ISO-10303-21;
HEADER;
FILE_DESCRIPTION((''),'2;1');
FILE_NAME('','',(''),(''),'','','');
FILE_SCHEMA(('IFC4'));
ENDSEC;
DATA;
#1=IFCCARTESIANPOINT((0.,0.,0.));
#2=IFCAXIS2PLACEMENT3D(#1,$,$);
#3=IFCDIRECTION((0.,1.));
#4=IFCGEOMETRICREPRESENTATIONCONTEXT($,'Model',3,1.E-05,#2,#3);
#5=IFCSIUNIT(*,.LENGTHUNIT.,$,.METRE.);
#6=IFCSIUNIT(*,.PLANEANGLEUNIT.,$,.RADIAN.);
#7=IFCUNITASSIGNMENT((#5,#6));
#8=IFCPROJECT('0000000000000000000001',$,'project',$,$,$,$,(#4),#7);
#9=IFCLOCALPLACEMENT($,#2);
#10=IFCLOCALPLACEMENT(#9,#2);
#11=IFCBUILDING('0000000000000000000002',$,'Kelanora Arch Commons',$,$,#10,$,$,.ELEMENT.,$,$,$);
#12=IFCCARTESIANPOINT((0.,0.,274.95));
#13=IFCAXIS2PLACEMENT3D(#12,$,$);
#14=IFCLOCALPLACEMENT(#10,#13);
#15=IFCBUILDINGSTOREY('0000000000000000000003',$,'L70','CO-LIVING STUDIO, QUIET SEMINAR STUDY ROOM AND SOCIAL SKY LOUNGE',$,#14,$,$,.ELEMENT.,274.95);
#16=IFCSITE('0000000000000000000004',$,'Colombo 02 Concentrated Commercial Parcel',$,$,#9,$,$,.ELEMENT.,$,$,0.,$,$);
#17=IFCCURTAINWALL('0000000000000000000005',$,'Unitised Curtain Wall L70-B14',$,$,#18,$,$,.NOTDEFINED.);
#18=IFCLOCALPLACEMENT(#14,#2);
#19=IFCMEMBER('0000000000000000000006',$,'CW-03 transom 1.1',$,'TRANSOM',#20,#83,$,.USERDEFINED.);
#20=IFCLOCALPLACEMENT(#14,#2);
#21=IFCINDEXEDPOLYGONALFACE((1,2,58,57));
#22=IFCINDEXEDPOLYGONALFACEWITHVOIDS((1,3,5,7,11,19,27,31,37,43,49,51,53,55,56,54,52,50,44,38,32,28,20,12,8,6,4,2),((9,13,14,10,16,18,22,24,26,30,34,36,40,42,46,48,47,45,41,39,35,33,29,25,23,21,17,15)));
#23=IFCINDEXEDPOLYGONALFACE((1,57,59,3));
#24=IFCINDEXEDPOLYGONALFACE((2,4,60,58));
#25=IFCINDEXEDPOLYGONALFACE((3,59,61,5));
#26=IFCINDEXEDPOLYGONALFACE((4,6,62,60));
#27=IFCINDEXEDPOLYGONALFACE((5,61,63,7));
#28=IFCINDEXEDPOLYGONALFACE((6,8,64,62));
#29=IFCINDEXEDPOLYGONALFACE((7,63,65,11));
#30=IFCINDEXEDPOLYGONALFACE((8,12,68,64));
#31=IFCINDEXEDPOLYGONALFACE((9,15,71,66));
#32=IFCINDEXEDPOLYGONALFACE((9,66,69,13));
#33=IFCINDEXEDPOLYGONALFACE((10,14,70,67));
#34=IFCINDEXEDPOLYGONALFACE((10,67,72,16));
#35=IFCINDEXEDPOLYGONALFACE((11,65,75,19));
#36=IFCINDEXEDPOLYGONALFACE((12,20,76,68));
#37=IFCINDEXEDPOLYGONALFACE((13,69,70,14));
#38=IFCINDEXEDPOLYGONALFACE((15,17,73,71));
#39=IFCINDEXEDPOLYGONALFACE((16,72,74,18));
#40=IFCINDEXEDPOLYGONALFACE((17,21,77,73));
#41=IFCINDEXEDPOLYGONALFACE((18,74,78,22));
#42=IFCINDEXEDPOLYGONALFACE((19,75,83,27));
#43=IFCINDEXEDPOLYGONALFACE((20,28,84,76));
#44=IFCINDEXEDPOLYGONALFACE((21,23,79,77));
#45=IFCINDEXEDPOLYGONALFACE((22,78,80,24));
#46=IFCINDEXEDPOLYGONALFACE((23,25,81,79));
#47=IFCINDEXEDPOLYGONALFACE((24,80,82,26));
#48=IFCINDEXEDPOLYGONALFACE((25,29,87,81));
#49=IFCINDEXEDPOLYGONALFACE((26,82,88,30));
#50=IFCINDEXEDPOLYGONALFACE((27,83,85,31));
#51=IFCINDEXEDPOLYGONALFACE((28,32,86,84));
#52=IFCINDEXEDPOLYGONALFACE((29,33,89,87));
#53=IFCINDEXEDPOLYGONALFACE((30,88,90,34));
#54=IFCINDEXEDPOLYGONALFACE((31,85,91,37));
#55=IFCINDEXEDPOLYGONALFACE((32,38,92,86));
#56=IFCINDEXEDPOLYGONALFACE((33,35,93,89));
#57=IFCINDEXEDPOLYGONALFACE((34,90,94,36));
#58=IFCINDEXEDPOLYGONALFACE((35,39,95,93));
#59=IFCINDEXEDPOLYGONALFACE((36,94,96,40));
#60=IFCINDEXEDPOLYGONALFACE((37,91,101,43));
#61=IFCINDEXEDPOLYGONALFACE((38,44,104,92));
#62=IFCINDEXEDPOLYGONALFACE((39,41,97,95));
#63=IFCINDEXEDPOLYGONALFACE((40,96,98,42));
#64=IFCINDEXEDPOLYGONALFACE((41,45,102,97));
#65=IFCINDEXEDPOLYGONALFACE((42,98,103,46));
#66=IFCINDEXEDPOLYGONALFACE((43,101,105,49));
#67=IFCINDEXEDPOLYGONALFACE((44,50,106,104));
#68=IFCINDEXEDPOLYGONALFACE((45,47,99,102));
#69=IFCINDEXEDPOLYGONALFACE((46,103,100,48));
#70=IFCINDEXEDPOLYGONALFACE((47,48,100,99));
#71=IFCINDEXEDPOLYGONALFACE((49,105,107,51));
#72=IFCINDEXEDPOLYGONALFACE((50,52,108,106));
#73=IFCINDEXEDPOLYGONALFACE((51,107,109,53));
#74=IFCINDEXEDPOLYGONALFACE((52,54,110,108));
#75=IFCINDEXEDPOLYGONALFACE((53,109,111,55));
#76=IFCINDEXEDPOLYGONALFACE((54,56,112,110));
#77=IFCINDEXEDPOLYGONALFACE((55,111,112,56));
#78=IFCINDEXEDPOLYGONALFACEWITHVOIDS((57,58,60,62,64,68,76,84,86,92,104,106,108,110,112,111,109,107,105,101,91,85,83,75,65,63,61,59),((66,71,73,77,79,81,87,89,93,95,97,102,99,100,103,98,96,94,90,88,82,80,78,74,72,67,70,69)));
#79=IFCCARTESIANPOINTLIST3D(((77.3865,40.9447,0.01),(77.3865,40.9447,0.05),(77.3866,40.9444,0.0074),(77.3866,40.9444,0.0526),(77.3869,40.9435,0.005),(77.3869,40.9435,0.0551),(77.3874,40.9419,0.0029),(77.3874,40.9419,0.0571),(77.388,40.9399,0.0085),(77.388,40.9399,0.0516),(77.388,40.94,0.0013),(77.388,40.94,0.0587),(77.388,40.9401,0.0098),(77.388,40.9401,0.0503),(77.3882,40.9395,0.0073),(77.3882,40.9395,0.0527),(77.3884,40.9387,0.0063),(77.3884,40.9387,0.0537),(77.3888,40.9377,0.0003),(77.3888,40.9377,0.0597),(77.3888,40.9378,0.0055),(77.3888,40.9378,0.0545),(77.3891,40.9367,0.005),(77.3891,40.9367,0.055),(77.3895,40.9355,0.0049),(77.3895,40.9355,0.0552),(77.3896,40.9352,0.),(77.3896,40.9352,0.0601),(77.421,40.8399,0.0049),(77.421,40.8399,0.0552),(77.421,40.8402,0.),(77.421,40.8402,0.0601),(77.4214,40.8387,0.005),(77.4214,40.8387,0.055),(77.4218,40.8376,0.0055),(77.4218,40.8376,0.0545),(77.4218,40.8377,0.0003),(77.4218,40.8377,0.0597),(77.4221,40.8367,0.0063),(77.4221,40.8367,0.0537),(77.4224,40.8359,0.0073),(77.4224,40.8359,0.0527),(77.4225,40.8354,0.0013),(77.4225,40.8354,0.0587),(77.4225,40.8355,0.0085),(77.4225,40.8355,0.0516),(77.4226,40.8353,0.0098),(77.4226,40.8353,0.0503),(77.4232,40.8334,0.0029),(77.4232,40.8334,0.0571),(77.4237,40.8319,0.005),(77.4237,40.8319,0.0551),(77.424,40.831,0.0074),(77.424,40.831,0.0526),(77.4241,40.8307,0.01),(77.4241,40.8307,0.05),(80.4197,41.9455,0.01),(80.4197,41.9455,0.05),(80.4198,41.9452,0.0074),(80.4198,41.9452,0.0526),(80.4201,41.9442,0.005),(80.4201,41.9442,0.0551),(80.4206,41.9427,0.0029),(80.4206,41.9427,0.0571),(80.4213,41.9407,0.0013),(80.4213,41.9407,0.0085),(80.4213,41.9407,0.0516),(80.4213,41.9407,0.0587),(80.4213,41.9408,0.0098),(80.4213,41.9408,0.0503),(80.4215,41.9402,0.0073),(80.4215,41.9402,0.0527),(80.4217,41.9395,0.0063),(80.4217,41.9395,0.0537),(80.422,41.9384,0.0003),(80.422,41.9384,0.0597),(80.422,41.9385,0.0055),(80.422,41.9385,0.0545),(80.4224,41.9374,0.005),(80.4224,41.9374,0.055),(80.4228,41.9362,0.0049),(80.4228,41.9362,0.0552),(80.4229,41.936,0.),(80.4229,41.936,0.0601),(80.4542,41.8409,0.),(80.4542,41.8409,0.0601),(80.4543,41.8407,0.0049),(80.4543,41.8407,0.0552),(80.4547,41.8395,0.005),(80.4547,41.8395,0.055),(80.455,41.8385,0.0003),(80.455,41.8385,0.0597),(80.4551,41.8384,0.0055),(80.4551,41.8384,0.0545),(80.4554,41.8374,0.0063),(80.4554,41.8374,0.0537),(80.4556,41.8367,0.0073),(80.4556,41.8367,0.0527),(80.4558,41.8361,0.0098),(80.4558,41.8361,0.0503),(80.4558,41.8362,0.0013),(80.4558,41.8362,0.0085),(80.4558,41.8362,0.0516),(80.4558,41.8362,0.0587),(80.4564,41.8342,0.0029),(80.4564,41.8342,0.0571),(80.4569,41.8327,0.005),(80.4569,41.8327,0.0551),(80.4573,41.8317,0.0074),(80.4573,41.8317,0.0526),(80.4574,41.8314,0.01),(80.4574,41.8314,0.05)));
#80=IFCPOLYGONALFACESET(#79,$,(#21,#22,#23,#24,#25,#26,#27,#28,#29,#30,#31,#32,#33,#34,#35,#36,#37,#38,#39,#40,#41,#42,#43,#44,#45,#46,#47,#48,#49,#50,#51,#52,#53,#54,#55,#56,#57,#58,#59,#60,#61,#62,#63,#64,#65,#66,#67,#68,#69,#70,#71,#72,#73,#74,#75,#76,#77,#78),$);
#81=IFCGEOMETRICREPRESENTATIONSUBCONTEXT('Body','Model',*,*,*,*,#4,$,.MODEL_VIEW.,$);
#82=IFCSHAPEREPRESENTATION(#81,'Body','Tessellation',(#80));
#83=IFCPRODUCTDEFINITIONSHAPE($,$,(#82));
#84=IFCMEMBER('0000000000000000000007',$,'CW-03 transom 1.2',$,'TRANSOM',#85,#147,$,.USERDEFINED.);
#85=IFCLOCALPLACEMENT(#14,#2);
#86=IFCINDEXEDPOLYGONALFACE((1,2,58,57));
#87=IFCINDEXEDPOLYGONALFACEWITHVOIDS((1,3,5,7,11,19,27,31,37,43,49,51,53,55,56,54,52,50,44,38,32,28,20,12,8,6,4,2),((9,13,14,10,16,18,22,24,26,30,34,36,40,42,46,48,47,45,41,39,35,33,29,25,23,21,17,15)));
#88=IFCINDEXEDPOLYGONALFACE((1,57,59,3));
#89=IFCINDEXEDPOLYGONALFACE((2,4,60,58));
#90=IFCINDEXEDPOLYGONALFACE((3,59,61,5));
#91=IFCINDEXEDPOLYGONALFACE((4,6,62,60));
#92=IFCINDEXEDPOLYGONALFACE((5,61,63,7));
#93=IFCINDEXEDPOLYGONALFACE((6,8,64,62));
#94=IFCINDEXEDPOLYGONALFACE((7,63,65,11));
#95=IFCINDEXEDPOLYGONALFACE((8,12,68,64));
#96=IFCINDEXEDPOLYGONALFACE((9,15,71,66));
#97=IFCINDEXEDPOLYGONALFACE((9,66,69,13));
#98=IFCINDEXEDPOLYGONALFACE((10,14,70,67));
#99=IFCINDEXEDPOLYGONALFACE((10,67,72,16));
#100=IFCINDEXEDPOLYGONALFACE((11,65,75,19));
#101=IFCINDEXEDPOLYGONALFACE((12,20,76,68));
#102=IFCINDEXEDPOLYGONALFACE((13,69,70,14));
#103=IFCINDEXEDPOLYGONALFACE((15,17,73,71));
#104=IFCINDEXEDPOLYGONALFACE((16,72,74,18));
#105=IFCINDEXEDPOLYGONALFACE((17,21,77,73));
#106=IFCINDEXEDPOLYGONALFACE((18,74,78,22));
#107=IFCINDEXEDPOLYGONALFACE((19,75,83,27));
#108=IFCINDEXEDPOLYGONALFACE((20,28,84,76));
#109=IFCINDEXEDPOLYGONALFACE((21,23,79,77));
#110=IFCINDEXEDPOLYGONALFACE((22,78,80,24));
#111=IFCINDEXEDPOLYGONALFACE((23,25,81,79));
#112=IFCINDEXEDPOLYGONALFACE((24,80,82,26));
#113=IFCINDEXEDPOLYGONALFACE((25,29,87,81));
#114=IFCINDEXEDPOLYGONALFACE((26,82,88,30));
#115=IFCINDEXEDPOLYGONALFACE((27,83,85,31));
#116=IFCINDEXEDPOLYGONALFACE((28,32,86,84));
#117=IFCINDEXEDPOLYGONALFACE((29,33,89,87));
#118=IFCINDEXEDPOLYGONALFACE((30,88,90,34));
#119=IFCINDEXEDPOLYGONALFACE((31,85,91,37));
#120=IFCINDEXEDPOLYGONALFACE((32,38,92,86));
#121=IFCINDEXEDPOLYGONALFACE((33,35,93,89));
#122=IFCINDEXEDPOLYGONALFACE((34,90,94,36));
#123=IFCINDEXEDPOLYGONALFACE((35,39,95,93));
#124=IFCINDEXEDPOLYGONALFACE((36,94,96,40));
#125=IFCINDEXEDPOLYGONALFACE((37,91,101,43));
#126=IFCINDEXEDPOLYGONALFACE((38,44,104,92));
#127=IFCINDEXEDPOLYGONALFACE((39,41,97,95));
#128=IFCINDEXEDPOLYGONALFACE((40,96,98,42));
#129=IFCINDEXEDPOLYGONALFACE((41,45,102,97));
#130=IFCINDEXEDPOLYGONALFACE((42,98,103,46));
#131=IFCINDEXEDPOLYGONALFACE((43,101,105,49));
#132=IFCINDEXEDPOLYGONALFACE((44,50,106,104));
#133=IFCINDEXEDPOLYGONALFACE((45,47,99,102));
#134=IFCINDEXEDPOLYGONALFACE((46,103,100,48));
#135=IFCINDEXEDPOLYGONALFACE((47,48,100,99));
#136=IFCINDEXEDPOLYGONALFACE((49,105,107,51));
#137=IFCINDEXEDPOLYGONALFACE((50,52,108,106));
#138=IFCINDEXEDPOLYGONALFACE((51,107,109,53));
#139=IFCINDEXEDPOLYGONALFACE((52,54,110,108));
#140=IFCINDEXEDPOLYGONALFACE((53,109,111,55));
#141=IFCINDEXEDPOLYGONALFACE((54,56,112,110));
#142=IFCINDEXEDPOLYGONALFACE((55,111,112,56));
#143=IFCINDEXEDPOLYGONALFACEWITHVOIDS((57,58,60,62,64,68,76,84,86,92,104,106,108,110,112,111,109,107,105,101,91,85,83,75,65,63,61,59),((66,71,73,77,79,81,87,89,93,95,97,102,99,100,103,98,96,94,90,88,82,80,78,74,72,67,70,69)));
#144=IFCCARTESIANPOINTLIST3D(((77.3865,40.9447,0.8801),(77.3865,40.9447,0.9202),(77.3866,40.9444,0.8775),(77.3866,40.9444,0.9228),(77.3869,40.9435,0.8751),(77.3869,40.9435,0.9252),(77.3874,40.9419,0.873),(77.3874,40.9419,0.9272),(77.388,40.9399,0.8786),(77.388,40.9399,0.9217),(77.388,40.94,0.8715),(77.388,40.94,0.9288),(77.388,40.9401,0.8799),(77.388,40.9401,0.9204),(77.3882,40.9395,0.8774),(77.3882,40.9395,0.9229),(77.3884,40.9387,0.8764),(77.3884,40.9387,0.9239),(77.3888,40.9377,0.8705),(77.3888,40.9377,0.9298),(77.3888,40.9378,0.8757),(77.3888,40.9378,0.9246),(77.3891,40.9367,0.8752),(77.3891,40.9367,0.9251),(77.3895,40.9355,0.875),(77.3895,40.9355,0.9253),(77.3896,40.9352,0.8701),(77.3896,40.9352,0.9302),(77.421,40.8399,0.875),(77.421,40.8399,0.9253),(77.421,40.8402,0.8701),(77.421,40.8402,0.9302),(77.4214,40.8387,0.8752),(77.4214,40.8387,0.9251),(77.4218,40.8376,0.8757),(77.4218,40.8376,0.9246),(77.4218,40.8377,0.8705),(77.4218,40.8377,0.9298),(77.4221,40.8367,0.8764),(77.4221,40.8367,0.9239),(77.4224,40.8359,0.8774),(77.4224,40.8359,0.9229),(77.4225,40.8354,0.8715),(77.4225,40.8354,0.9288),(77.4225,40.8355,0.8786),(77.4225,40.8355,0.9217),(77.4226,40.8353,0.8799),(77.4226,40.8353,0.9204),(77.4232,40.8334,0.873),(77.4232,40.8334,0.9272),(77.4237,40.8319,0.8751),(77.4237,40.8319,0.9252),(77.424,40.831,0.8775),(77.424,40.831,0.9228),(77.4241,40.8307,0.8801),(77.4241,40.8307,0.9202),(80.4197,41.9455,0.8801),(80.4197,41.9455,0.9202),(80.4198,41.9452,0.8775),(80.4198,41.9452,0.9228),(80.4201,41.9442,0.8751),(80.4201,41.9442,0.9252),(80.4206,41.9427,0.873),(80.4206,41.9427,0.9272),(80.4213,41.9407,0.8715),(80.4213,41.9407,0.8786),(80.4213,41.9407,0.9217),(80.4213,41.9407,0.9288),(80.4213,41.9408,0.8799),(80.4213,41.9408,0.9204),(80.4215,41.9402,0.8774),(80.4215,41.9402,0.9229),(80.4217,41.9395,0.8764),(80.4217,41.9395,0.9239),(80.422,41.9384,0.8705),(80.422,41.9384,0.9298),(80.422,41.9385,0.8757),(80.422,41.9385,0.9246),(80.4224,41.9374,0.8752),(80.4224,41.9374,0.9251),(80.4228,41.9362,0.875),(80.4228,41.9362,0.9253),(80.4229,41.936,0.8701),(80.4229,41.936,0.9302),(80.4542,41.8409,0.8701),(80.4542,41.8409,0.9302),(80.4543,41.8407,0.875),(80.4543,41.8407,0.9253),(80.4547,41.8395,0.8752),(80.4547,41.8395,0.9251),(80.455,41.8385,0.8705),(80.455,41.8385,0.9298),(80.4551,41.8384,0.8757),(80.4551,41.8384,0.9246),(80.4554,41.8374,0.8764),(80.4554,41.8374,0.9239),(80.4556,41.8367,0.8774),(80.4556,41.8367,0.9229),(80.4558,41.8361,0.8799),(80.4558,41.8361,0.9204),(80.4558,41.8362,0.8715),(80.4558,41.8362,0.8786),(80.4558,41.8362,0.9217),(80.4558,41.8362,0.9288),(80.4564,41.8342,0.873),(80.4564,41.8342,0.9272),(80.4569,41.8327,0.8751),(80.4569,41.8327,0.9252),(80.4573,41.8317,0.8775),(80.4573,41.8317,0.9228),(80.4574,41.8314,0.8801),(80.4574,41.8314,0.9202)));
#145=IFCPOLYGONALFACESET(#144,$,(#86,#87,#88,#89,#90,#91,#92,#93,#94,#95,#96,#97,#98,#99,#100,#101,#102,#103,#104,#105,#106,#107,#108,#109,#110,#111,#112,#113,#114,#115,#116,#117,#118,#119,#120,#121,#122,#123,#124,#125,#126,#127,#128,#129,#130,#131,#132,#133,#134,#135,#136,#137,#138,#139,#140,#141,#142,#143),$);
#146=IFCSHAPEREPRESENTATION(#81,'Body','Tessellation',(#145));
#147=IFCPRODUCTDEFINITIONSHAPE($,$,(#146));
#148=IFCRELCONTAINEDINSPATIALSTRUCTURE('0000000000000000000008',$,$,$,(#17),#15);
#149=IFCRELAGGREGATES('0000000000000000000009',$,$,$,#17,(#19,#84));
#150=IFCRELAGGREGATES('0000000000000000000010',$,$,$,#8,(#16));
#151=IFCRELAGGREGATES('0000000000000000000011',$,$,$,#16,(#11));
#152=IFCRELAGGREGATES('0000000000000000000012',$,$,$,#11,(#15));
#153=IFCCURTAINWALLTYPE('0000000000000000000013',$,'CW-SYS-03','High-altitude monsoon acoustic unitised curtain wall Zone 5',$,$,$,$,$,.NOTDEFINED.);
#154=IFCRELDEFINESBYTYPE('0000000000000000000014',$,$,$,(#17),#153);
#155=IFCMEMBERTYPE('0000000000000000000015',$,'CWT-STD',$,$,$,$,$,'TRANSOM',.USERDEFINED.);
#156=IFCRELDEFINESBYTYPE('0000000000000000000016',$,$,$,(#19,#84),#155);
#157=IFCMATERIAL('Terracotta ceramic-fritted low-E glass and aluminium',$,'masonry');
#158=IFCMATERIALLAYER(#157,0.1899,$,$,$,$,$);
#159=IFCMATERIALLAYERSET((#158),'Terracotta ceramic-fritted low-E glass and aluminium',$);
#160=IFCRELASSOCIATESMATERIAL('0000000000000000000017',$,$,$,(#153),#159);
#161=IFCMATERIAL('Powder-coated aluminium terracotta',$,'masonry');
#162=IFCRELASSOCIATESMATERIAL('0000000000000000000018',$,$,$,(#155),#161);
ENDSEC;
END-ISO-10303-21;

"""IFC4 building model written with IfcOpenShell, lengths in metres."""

from ifc_helpers import new_model, si_unit, direction, frame, origin, origin_2d, place, context, subcontext, project, spatial, hollow_rectangle, extrude, material, layer, layer_set, material_profile, profile_set, type_object, element, aggregate, save


model = new_model("IFC4")

# Units and contexts
model_context = context("Model", 3, precision=1e-05, world=origin(), true_north=direction((0.0, 1.0)))
body_context = subcontext(model_context, "Body", "Model", "MODEL_VIEW")
ifc_project = project(units=[si_unit("LENGTHUNIT", "METRE"), si_unit("PLANEANGLEUNIT", "RADIAN")], contexts=[model_context])

# Site, building, storey
site_placement = place(None, origin())
site = spatial("IfcSite", under=ifc_project, at=site_placement, Name="Colombo 02 Concentrated Commercial Parcel", CompositionType="ELEMENT", RefElevation=0.0)
building_placement = place(site_placement, origin())
building = spatial("IfcBuilding", under=site, at=building_placement, Name="Kelanora Arch Commons", CompositionType="ELEMENT")
storey_placement = place(building_placement, frame((0.0, 0.0, 274.95)))
storey = spatial("IfcBuildingStorey", under=building, at=storey_placement, Name="L70", Description="CO-LIVING STUDIO, QUIET SEMINAR STUDY ROOM AND SOCIAL SKY LOUNGE", CompositionType="ELEMENT", Elevation=274.95)

# Curtain wall, members
ifc_material_1 = material(Name="Terracotta ceramic-fritted low-E glass and aluminium", Category="masonry")
ifc_layer_1 = layer(ifc_material_1, 0.1899)
ifc_layer_set_1 = layer_set([ifc_layer_1], Name="Terracotta ceramic-fritted low-E glass and aluminium")
curtain_wall_type = type_object("IfcCurtainWallType", Name="CW-SYS-03", Description="High-altitude monsoon acoustic unitised curtain wall Zone 5", PredefinedType="NOTDEFINED", material=ifc_layer_set_1)
curtain_wall_placement = place(storey_placement, origin())
curtain_wall = element("IfcCurtainWall", 1, at=curtain_wall_placement, inside=storey, type_object=curtain_wall_type, Name="Unitised Curtain Wall L70-B14", PredefinedType="NOTDEFINED")
ifc_material_2 = material(Name="Powder-coated aluminium terracotta", Category="masonry")
ifc_material_profile_1 = material_profile(ifc_material_2, hollow_rectangle(XDim=0.1201, YDim=0.0601, WallThickness=0.0049, InnerFilletRadius=0.0049, OuterFilletRadius=0.01, at=origin_2d()), Name="CWT120x60")
ifc_profile_set_1 = profile_set([ifc_material_profile_1], Name="Powder-coated aluminium terracotta")
member_type_1 = type_object("IfcMemberType", Name="CWT-STD", ElementType="TRANSOM", PredefinedType="USERDEFINED", material=ifc_profile_set_1)
member_1_placement = place(storey_placement, frame((77.4053, 40.8877, 0.03), z_axis=(0.94965, 0.313314, 0.0), x_axis=(-0.313314, 0.94965, 0.0)))
member_1 = element("IfcMember", 2, at=member_1_placement, type_object=member_type_1, Name="CW-03 transom 1.1", ObjectType="TRANSOM", PredefinedType="USERDEFINED", context=body_context, shape_type="SweptSolid", body=[
    extrude(hollow_rectangle(XDim=0.1201, YDim=0.0601, WallThickness=0.0049, InnerFilletRadius=0.0049, OuterFilletRadius=0.01, at=origin_2d()), origin(), (0.0, 0.0, 1.0), 3.1941),
])
member_2_placement = place(storey_placement, frame((77.4053, 40.8877, 0.9001), z_axis=(0.94965, 0.313314, 0.0), x_axis=(-0.313314, 0.94965, 0.0)))
member_2 = element("IfcMember", 3, at=member_2_placement, type_object=member_type_1, Name="CW-03 transom 1.2", ObjectType="TRANSOM", PredefinedType="USERDEFINED", context=body_context, shape_type="SweptSolid", body=[
    extrude(hollow_rectangle(XDim=0.1201, YDim=0.0601, WallThickness=0.0049, InnerFilletRadius=0.0049, OuterFilletRadius=0.01, at=origin_2d()), origin(), (0.0, 0.0, 1.0), 3.1941),
])
aggregate(curtain_wall, [member_1, member_2])

save(model, "model.ifc")
